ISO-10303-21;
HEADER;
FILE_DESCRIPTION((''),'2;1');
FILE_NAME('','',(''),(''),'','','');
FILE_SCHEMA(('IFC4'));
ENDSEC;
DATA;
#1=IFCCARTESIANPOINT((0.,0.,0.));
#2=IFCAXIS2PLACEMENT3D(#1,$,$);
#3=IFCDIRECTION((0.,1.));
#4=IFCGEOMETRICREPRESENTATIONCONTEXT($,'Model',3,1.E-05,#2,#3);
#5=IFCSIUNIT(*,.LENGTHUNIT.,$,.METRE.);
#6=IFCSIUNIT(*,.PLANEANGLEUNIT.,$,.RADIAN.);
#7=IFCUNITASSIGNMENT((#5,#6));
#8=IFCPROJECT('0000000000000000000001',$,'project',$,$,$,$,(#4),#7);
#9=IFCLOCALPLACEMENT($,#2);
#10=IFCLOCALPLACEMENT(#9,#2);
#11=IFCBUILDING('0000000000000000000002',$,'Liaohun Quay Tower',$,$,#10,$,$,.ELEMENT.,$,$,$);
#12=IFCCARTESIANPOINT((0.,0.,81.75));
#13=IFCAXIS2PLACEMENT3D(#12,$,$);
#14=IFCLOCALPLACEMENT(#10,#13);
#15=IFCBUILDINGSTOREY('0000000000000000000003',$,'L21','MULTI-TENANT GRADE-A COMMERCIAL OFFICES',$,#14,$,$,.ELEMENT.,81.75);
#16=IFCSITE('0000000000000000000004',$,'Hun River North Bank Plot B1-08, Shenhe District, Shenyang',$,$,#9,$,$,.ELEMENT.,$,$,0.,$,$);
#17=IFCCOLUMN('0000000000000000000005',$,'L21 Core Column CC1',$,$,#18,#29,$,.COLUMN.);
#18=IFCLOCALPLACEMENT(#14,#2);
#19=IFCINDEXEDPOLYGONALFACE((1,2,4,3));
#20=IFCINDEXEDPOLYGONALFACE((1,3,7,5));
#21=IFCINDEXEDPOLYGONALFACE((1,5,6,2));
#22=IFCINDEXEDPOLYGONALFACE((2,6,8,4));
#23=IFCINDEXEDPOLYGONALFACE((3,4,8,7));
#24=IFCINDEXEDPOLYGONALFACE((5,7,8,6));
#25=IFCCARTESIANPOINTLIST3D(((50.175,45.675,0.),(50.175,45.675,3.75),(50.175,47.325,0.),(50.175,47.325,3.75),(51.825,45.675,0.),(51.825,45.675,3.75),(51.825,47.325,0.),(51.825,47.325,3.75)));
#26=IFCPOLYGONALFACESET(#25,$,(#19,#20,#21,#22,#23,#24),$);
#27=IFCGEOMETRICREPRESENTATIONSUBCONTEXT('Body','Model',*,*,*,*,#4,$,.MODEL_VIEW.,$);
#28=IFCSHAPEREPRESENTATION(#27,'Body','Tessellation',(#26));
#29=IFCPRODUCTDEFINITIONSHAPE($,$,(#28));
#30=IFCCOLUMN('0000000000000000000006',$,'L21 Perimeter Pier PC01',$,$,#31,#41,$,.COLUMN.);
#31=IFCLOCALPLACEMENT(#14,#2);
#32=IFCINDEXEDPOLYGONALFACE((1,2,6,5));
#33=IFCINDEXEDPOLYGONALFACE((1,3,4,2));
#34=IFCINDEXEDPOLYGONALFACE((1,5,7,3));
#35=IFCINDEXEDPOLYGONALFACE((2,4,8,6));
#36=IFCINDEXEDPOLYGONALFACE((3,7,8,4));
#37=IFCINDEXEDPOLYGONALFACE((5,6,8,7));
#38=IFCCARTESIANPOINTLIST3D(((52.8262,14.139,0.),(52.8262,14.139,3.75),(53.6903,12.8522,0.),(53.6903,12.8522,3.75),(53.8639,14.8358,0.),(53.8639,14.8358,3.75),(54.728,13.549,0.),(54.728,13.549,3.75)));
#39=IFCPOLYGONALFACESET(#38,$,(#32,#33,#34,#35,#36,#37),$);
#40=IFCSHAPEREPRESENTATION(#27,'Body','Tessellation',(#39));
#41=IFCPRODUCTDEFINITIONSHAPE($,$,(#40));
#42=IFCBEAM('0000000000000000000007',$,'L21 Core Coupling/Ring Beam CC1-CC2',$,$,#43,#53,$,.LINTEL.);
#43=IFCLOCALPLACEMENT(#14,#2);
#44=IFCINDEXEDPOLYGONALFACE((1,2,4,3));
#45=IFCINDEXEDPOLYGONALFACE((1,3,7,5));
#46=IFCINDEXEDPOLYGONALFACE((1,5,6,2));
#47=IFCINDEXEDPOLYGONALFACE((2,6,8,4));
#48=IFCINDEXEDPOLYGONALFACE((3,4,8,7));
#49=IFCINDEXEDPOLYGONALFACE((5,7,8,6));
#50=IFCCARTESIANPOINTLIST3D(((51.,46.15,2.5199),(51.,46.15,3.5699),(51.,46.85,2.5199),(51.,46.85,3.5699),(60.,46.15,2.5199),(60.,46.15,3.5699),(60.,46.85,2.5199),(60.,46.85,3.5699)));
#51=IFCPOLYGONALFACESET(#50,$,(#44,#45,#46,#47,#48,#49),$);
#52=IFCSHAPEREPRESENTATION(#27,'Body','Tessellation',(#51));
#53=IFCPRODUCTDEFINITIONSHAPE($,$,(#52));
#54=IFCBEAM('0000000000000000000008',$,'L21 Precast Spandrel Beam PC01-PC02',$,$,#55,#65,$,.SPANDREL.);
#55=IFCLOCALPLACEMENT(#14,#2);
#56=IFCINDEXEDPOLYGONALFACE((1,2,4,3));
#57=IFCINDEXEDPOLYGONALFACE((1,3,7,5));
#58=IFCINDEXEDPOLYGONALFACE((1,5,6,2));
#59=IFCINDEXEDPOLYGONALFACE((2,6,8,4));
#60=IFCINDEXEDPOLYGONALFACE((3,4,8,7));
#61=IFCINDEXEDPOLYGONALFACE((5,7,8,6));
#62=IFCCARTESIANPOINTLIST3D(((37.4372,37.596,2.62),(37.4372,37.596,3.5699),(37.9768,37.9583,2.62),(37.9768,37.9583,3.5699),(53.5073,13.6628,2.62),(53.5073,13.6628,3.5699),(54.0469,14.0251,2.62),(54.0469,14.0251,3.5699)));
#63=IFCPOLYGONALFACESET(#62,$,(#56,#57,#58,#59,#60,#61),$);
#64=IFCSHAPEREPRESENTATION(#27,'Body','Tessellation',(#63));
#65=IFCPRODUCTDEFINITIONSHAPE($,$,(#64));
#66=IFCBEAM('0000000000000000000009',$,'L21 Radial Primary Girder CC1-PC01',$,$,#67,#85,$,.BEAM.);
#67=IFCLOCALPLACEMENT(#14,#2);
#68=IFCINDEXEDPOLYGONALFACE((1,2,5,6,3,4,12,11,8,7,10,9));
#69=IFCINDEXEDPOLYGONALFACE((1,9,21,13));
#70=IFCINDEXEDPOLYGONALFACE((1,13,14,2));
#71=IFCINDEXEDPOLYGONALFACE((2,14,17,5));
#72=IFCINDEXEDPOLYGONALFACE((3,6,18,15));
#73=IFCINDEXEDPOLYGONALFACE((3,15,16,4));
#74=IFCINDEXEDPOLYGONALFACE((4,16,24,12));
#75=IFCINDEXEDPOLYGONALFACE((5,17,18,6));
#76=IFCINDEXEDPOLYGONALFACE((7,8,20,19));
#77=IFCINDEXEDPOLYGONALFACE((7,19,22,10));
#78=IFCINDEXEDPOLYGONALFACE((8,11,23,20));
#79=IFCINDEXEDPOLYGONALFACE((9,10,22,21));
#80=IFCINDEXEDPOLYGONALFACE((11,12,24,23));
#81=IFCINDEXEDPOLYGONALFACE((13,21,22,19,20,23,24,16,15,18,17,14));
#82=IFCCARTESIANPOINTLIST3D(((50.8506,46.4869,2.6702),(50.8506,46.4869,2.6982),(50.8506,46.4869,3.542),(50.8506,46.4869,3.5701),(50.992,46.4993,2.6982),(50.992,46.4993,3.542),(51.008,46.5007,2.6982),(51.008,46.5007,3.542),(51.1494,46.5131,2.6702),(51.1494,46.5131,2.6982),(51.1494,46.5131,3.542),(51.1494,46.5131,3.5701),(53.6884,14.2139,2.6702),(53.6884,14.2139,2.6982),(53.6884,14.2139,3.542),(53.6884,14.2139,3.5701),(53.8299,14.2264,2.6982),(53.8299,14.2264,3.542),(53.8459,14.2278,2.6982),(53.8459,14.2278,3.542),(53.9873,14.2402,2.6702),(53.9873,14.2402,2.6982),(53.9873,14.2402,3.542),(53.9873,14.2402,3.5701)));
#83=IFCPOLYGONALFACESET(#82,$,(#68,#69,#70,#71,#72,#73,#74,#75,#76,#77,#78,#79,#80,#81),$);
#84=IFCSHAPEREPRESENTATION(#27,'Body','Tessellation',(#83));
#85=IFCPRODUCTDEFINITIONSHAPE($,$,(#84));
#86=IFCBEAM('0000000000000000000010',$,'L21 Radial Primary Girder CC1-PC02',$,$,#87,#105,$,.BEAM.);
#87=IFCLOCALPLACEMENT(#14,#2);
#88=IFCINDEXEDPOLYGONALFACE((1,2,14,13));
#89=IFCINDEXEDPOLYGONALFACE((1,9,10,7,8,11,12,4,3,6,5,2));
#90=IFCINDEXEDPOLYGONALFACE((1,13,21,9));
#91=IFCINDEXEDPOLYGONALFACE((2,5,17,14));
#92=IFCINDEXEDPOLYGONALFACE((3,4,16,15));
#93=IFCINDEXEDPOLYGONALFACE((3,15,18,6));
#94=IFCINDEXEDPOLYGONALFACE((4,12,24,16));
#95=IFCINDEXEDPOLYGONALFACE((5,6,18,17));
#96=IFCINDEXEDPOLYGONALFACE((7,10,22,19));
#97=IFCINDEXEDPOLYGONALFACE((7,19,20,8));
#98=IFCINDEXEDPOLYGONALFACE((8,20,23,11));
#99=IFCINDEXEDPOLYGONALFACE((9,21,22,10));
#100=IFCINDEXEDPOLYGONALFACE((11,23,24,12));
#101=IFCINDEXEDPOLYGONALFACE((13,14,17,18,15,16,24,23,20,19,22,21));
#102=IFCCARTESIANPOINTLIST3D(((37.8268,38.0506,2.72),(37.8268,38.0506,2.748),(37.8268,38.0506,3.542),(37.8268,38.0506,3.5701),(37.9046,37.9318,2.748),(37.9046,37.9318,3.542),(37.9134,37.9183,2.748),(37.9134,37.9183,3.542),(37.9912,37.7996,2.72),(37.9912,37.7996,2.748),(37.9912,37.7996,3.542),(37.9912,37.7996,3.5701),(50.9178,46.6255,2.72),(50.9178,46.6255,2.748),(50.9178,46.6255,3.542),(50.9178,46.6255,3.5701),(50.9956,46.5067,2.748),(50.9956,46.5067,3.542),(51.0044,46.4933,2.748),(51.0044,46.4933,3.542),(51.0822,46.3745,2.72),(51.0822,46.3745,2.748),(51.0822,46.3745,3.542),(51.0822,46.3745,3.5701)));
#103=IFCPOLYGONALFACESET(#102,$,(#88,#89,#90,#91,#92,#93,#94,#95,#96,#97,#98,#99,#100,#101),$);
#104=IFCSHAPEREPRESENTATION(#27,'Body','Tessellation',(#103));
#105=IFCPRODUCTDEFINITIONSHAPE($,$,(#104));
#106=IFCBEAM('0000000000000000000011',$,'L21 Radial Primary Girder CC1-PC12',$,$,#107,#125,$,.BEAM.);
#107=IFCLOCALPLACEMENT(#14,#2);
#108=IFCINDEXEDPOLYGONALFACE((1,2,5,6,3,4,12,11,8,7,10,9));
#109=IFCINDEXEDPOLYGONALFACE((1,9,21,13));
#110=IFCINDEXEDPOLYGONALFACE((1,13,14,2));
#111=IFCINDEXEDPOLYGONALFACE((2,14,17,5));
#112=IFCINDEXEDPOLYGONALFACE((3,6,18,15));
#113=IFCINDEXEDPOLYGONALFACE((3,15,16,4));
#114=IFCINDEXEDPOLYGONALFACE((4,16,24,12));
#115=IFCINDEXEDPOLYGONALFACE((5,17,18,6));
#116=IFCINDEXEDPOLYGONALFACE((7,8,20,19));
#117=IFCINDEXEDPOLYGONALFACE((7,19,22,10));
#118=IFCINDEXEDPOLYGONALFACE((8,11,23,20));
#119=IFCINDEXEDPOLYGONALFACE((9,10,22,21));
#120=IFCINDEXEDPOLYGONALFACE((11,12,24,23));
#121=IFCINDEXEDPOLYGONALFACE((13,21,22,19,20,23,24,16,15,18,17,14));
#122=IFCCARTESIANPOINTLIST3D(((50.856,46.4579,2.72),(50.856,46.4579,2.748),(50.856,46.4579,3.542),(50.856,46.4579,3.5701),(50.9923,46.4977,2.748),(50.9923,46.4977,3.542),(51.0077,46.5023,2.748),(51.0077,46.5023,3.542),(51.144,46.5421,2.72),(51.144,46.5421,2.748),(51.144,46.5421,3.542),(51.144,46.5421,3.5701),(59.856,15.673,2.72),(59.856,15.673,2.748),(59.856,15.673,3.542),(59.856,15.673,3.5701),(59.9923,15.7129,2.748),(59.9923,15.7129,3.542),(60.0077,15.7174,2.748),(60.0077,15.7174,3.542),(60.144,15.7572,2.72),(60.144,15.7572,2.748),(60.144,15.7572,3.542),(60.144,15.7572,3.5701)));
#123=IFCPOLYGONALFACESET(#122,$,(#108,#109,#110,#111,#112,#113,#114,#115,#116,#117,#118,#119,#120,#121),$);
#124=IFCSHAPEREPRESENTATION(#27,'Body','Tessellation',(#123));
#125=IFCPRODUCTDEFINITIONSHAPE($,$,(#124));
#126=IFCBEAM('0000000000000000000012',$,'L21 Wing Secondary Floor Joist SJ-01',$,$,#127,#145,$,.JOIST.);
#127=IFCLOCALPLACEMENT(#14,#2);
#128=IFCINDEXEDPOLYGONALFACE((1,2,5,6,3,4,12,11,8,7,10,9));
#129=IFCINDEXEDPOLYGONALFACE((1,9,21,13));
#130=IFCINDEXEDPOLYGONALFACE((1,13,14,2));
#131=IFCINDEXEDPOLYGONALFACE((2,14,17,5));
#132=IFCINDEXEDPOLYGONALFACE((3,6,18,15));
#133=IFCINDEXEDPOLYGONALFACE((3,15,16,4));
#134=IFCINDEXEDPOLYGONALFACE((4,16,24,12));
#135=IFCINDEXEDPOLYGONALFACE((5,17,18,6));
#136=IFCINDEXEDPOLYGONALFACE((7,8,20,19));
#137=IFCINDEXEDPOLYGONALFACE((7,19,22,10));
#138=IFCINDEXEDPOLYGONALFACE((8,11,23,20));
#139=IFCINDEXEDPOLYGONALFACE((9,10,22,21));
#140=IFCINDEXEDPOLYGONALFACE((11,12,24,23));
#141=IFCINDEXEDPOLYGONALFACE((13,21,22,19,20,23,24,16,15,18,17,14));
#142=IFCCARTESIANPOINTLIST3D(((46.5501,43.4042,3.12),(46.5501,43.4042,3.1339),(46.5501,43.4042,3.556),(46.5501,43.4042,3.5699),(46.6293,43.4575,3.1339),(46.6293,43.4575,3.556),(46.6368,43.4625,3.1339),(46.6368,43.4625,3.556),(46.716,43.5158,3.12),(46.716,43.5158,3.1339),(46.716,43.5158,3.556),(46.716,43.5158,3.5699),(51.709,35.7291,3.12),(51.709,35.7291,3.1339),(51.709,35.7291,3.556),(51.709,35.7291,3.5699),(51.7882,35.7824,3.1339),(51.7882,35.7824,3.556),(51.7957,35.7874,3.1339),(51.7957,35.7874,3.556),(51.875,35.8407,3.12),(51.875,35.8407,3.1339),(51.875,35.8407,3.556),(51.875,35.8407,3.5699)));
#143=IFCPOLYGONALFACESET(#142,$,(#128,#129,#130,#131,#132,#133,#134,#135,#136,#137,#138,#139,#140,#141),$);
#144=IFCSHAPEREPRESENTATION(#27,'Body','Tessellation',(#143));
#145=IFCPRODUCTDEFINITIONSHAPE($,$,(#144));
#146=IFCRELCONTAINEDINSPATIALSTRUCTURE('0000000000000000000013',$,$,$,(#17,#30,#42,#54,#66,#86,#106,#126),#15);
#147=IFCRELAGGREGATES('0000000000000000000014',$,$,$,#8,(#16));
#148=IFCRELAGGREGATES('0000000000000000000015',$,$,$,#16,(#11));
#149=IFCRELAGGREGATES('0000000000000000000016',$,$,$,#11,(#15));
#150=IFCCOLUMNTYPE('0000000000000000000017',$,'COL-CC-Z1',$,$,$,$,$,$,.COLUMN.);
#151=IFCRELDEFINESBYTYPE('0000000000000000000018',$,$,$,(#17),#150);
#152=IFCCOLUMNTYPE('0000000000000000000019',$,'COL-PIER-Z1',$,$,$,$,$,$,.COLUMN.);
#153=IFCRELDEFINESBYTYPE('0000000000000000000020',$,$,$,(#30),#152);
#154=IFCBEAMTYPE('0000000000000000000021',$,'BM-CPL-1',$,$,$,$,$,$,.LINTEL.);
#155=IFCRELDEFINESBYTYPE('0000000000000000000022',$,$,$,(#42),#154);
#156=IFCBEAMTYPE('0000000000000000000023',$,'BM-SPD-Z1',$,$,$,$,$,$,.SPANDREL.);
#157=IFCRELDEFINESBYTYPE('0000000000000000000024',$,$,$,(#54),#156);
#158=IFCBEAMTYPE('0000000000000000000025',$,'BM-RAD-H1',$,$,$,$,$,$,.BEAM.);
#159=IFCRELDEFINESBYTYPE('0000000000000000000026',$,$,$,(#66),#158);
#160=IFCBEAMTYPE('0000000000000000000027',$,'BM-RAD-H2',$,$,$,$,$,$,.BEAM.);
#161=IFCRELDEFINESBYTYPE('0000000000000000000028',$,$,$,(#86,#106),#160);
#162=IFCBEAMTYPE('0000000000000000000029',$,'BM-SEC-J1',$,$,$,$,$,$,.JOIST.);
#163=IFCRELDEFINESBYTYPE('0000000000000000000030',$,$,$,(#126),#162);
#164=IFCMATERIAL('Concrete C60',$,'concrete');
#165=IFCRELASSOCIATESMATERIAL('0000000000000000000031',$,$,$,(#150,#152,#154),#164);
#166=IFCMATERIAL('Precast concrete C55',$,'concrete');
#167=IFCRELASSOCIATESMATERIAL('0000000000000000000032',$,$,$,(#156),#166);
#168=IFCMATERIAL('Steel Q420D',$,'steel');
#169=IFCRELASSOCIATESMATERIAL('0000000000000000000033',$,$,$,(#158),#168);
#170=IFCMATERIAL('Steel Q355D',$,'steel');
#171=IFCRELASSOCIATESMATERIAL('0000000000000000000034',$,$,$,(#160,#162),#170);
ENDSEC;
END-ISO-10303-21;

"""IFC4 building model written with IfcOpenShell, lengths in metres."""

from ifc_helpers import new_model, si_unit, direction, frame, origin, origin_2d, place, context, subcontext, project, spatial, rectangle, i_section, extrude, source, transform, mapped, material, material_profile, profile_set, type_object, element, save


model = new_model("IFC4")

# Units and contexts
model_context = context("Model", 3, precision=1e-05, world=origin(), true_north=direction((0.0, 1.0)))
body_context = subcontext(model_context, "Body", "Model", "MODEL_VIEW")
ifc_project = project(units=[si_unit("LENGTHUNIT", "METRE"), si_unit("PLANEANGLEUNIT", "RADIAN")], contexts=[model_context])

# Site, building, storey
site_placement = place(None, origin())
site = spatial("IfcSite", under=ifc_project, at=site_placement, Name="Hun River North Bank Plot B1-08, Shenhe District, Shenyang", CompositionType="ELEMENT", RefElevation=0.0)
building_placement = place(site_placement, origin())
building = spatial("IfcBuilding", under=site, at=building_placement, Name="Liaohun Quay Tower", CompositionType="ELEMENT")
storey_placement = place(building_placement, frame((0.0, 0.0, 81.75)))
storey = spatial("IfcBuildingStorey", under=building, at=storey_placement, Name="L21", Description="MULTI-TENANT GRADE-A COMMERCIAL OFFICES", CompositionType="ELEMENT", Elevation=81.75)

# Columns
ifc_material_1 = material(Name="Concrete C60", Category="concrete")
ifc_material_profile_1 = material_profile(ifc_material_1, rectangle(XDim=1.6499, YDim=1.6499, at=origin_2d()), Name="RC1650x1650")
ifc_profile_set_1 = profile_set([ifc_material_profile_1], Name="Concrete C60")
column_type_1 = type_object("IfcColumnType", Name="COL-CC-Z1", PredefinedType="COLUMN", material=ifc_profile_set_1)
shared_shape_1 = source(origin(), body_context, "Body", "SweptSolid", [
    extrude(rectangle(XDim=1.6499, YDim=1.6499, at=origin_2d()), origin(), (0.0, 0.0, 1.0), 3.75),
])
column_1_placement = place(storey_placement, frame((51.0, 46.5, 0.0), z_axis=(0.0, 0.0, 1.0), x_axis=(1.0, 0.0, 0.0)))
element("IfcColumn", 1, at=column_1_placement, inside=storey, type_object=column_type_1, Name="L21 Core Column CC1", PredefinedType="COLUMN", context=body_context, shape_type="MappedRepresentation", body=[
    mapped(shared_shape_1, transform((0.0, 0.0, 0.0), x_axis=(1.0, 0.0, 0.0), y_axis=(0.0, 1.0, 0.0), z_axis=(0.0, 0.0, 1.0), scale=1.0)),
])
ifc_material_profile_2 = material_profile(ifc_material_1, rectangle(XDim=1.55, YDim=1.25, at=origin_2d()), Name="RC1550x1250")
ifc_profile_set_2 = profile_set([ifc_material_profile_2], Name="Concrete C60")
column_type_2 = type_object("IfcColumnType", Name="COL-PIER-Z1", PredefinedType="COLUMN", material=ifc_profile_set_2)
shared_shape_2 = source(origin(), body_context, "Body", "SweptSolid", [
    extrude(rectangle(XDim=1.55, YDim=1.25, at=origin_2d()), origin(), (0.0, 0.0, 1.0), 3.75),
])
column_2_placement = place(storey_placement, frame((53.7771, 13.844, 0.0), z_axis=(0.0, 0.0, 1.0), x_axis=(-0.557455, 0.830207, 0.0)))
element("IfcColumn", 2, at=column_2_placement, inside=storey, type_object=column_type_2, Name="L21 Perimeter Pier PC01", PredefinedType="COLUMN", context=body_context, shape_type="MappedRepresentation", body=[
    mapped(shared_shape_2, transform((0.0, 0.0, 0.0), x_axis=(1.0, 0.0, 0.0), y_axis=(0.0, 1.0, 0.0), z_axis=(0.0, 0.0, 1.0), scale=1.0)),
])

# Beams
ifc_material_profile_3 = material_profile(ifc_material_1, rectangle(XDim=0.7, YDim=1.05, at=origin_2d()), Name="RC700x1050")
ifc_profile_set_3 = profile_set([ifc_material_profile_3], Name="Concrete C60")
beam_type_1 = type_object("IfcBeamType", Name="BM-CPL-1", PredefinedType="LINTEL", material=ifc_profile_set_3)
shared_shape_3 = source(origin(), body_context, "Body", "SweptSolid", [
    extrude(rectangle(XDim=0.7, YDim=1.05, at=origin_2d()), origin(), (0.0, 0.0, 1.0), 9.0),
])
beam_1_placement = place(storey_placement, frame((51.0, 46.5, 3.0449), z_axis=(1.0, 0.0, 0.0), x_axis=(0.0, 1.0, 0.0)))
element("IfcBeam", 3, at=beam_1_placement, inside=storey, type_object=beam_type_1, Name="L21 Core Coupling/Ring Beam CC1-CC2", PredefinedType="LINTEL", context=body_context, shape_type="MappedRepresentation", body=[
    mapped(shared_shape_3, transform((0.0, 0.0, 0.0), x_axis=(1.0, 0.0, 0.0), y_axis=(0.0, 1.0, 0.0), z_axis=(0.0, 0.0, 1.0), scale=1.0)),
])
ifc_material_2 = material(Name="Precast concrete C55", Category="concrete")
ifc_material_profile_4 = material_profile(ifc_material_2, rectangle(XDim=0.6499, YDim=0.95, at=origin_2d()), Name="RC650x950")
ifc_profile_set_4 = profile_set([ifc_material_profile_4], Name="Precast concrete C55")
beam_type_2 = type_object("IfcBeamType", Name="BM-SPD-Z1", PredefinedType="SPANDREL", material=ifc_profile_set_4)
shared_shape_4 = source(origin(), body_context, "Body", "SweptSolid", [
    extrude(rectangle(XDim=0.6499, YDim=0.95, at=origin_2d()), origin(), (0.0, 0.0, 1.0), 28.8279),
])
beam_2_placement = place(storey_placement, frame((53.7771, 13.844, 3.095), z_axis=(-0.557451, 0.83021, 0.0), x_axis=(-0.83021, -0.557451, 0.0)))
element("IfcBeam", 4, at=beam_2_placement, inside=storey, type_object=beam_type_2, Name="L21 Precast Spandrel Beam PC01-PC02", PredefinedType="SPANDREL", context=body_context, shape_type="MappedRepresentation", body=[
    mapped(shared_shape_4, transform((0.0, 0.0, 0.0), x_axis=(1.0, 0.0, 0.0), y_axis=(0.0, 1.0, 0.0), z_axis=(0.0, 0.0, 1.0), scale=1.0)),
])
ifc_material_3 = material(Name="Steel Q420D", Category="steel")
ifc_material_profile_5 = material_profile(ifc_material_3, i_section(OverallWidth=0.3, OverallDepth=0.8999, WebThickness=0.0161, FlangeThickness=0.0281, at=origin_2d()), Name="HN900x300x16x28")
ifc_profile_set_5 = profile_set([ifc_material_profile_5], Name="Steel Q420D")
beam_type_3 = type_object("IfcBeamType", Name="BM-RAD-H1", PredefinedType="BEAM", material=ifc_profile_set_5)
shared_shape_5 = source(origin(), body_context, "Body", "SweptSolid", [
    extrude(i_section(OverallWidth=0.3, OverallDepth=0.8999, WebThickness=0.0161, FlangeThickness=0.0281, at=origin_2d()), origin(), (0.0, 0.0, 1.0), 32.3975),
])
beam_3_placement = place(storey_placement, frame((51.0, 46.5, 3.1201), z_axis=(0.087596, -0.996156, 0.0), x_axis=(0.996156, 0.087596, 0.0)))
element("IfcBeam", 5, at=beam_3_placement, inside=storey, type_object=beam_type_3, Name="L21 Radial Primary Girder CC1-PC01", PredefinedType="BEAM", context=body_context, shape_type="MappedRepresentation", body=[
    mapped(shared_shape_5, transform((0.0, 0.0, 0.0), x_axis=(1.0, 0.0, 0.0), y_axis=(0.0, 1.0, 0.0), z_axis=(0.0, 0.0, 1.0), scale=1.0)),
])
ifc_material_4 = material(Name="Steel Q355D", Category="steel")
ifc_material_profile_6 = material_profile(ifc_material_4, i_section(OverallWidth=0.3, OverallDepth=0.8501, WebThickness=0.0161, FlangeThickness=0.0281, at=origin_2d()), Name="HN850x300x16x28")
ifc_profile_set_6 = profile_set([ifc_material_profile_6], Name="Steel Q355D")
beam_type_4 = type_object("IfcBeamType", Name="BM-RAD-H2", PredefinedType="BEAM", material=ifc_profile_set_6)
shared_shape_6 = source(origin(), body_context, "Body", "SweptSolid", [
    extrude(i_section(OverallWidth=0.3, OverallDepth=0.8501, WebThickness=0.0161, FlangeThickness=0.0281, at=origin_2d()), origin(), (0.0, 0.0, 1.0), 15.6494),
])
beam_4_placement = place(storey_placement, frame((51.0, 46.5, 3.145), z_axis=(-0.836518, -0.547939, 0.0), x_axis=(0.547939, -0.836518, 0.0)))
element("IfcBeam", 6, at=beam_4_placement, inside=storey, type_object=beam_type_4, Name="L21 Radial Primary Girder CC1-PC02", PredefinedType="BEAM", context=body_context, shape_type="MappedRepresentation", body=[
    mapped(shared_shape_6, transform((0.0, 0.0, 0.0), x_axis=(1.0, 0.0, 0.0), y_axis=(0.0, 1.0, 0.0), z_axis=(0.0, 0.0, 1.0), scale=1.0)),
])
shared_shape_7 = source(origin(), body_context, "Body", "SweptSolid", [
    extrude(i_section(OverallWidth=0.3, OverallDepth=0.8501, WebThickness=0.0161, FlangeThickness=0.0281, at=origin_2d()), origin(), (0.0, 0.0, 1.0), 32.0735),
])
beam_5_placement = place(storey_placement, frame((51.0, 46.5, 3.145), z_axis=(0.280605, -0.959823, 0.0), x_axis=(0.959823, 0.280605, 0.0)))
element("IfcBeam", 7, at=beam_5_placement, inside=storey, type_object=beam_type_4, Name="L21 Radial Primary Girder CC1-PC12", PredefinedType="BEAM", context=body_context, shape_type="MappedRepresentation", body=[
    mapped(shared_shape_7, transform((0.0, 0.0, 0.0), x_axis=(1.0, 0.0, 0.0), y_axis=(0.0, 1.0, 0.0), z_axis=(0.0, 0.0, 1.0), scale=1.0)),
])
ifc_material_profile_7 = material_profile(ifc_material_4, i_section(OverallWidth=0.2, OverallDepth=0.45, WebThickness=0.009, FlangeThickness=0.0139, at=origin_2d()), Name="HN450x200x9x14")
ifc_profile_set_7 = profile_set([ifc_material_profile_7], Name="Steel Q355D")
beam_type_5 = type_object("IfcBeamType", Name="BM-SEC-J1", PredefinedType="JOIST", material=ifc_profile_set_7)
shared_shape_8 = source(origin(), body_context, "Body", "SweptSolid", [
    extrude(i_section(OverallWidth=0.2, OverallDepth=0.45, WebThickness=0.009, FlangeThickness=0.0139, at=origin_2d()), origin(), (0.0, 0.0, 1.0), 9.2478),
])
beam_6_placement = place(storey_placement, frame((51.792, 35.7849, 3.345), z_axis=(-0.557858, 0.829936, 0.0), x_axis=(-0.829936, -0.557858, 0.0)))
element("IfcBeam", 8, at=beam_6_placement, inside=storey, type_object=beam_type_5, Name="L21 Wing Secondary Floor Joist SJ-01", PredefinedType="JOIST", context=body_context, shape_type="MappedRepresentation", body=[
    mapped(shared_shape_8, transform((0.0, 0.0, 0.0), x_axis=(1.0, 0.0, 0.0), y_axis=(0.0, 1.0, 0.0), z_axis=(0.0, 0.0, 1.0), scale=1.0)),
])

save(model, "model.ifc")
